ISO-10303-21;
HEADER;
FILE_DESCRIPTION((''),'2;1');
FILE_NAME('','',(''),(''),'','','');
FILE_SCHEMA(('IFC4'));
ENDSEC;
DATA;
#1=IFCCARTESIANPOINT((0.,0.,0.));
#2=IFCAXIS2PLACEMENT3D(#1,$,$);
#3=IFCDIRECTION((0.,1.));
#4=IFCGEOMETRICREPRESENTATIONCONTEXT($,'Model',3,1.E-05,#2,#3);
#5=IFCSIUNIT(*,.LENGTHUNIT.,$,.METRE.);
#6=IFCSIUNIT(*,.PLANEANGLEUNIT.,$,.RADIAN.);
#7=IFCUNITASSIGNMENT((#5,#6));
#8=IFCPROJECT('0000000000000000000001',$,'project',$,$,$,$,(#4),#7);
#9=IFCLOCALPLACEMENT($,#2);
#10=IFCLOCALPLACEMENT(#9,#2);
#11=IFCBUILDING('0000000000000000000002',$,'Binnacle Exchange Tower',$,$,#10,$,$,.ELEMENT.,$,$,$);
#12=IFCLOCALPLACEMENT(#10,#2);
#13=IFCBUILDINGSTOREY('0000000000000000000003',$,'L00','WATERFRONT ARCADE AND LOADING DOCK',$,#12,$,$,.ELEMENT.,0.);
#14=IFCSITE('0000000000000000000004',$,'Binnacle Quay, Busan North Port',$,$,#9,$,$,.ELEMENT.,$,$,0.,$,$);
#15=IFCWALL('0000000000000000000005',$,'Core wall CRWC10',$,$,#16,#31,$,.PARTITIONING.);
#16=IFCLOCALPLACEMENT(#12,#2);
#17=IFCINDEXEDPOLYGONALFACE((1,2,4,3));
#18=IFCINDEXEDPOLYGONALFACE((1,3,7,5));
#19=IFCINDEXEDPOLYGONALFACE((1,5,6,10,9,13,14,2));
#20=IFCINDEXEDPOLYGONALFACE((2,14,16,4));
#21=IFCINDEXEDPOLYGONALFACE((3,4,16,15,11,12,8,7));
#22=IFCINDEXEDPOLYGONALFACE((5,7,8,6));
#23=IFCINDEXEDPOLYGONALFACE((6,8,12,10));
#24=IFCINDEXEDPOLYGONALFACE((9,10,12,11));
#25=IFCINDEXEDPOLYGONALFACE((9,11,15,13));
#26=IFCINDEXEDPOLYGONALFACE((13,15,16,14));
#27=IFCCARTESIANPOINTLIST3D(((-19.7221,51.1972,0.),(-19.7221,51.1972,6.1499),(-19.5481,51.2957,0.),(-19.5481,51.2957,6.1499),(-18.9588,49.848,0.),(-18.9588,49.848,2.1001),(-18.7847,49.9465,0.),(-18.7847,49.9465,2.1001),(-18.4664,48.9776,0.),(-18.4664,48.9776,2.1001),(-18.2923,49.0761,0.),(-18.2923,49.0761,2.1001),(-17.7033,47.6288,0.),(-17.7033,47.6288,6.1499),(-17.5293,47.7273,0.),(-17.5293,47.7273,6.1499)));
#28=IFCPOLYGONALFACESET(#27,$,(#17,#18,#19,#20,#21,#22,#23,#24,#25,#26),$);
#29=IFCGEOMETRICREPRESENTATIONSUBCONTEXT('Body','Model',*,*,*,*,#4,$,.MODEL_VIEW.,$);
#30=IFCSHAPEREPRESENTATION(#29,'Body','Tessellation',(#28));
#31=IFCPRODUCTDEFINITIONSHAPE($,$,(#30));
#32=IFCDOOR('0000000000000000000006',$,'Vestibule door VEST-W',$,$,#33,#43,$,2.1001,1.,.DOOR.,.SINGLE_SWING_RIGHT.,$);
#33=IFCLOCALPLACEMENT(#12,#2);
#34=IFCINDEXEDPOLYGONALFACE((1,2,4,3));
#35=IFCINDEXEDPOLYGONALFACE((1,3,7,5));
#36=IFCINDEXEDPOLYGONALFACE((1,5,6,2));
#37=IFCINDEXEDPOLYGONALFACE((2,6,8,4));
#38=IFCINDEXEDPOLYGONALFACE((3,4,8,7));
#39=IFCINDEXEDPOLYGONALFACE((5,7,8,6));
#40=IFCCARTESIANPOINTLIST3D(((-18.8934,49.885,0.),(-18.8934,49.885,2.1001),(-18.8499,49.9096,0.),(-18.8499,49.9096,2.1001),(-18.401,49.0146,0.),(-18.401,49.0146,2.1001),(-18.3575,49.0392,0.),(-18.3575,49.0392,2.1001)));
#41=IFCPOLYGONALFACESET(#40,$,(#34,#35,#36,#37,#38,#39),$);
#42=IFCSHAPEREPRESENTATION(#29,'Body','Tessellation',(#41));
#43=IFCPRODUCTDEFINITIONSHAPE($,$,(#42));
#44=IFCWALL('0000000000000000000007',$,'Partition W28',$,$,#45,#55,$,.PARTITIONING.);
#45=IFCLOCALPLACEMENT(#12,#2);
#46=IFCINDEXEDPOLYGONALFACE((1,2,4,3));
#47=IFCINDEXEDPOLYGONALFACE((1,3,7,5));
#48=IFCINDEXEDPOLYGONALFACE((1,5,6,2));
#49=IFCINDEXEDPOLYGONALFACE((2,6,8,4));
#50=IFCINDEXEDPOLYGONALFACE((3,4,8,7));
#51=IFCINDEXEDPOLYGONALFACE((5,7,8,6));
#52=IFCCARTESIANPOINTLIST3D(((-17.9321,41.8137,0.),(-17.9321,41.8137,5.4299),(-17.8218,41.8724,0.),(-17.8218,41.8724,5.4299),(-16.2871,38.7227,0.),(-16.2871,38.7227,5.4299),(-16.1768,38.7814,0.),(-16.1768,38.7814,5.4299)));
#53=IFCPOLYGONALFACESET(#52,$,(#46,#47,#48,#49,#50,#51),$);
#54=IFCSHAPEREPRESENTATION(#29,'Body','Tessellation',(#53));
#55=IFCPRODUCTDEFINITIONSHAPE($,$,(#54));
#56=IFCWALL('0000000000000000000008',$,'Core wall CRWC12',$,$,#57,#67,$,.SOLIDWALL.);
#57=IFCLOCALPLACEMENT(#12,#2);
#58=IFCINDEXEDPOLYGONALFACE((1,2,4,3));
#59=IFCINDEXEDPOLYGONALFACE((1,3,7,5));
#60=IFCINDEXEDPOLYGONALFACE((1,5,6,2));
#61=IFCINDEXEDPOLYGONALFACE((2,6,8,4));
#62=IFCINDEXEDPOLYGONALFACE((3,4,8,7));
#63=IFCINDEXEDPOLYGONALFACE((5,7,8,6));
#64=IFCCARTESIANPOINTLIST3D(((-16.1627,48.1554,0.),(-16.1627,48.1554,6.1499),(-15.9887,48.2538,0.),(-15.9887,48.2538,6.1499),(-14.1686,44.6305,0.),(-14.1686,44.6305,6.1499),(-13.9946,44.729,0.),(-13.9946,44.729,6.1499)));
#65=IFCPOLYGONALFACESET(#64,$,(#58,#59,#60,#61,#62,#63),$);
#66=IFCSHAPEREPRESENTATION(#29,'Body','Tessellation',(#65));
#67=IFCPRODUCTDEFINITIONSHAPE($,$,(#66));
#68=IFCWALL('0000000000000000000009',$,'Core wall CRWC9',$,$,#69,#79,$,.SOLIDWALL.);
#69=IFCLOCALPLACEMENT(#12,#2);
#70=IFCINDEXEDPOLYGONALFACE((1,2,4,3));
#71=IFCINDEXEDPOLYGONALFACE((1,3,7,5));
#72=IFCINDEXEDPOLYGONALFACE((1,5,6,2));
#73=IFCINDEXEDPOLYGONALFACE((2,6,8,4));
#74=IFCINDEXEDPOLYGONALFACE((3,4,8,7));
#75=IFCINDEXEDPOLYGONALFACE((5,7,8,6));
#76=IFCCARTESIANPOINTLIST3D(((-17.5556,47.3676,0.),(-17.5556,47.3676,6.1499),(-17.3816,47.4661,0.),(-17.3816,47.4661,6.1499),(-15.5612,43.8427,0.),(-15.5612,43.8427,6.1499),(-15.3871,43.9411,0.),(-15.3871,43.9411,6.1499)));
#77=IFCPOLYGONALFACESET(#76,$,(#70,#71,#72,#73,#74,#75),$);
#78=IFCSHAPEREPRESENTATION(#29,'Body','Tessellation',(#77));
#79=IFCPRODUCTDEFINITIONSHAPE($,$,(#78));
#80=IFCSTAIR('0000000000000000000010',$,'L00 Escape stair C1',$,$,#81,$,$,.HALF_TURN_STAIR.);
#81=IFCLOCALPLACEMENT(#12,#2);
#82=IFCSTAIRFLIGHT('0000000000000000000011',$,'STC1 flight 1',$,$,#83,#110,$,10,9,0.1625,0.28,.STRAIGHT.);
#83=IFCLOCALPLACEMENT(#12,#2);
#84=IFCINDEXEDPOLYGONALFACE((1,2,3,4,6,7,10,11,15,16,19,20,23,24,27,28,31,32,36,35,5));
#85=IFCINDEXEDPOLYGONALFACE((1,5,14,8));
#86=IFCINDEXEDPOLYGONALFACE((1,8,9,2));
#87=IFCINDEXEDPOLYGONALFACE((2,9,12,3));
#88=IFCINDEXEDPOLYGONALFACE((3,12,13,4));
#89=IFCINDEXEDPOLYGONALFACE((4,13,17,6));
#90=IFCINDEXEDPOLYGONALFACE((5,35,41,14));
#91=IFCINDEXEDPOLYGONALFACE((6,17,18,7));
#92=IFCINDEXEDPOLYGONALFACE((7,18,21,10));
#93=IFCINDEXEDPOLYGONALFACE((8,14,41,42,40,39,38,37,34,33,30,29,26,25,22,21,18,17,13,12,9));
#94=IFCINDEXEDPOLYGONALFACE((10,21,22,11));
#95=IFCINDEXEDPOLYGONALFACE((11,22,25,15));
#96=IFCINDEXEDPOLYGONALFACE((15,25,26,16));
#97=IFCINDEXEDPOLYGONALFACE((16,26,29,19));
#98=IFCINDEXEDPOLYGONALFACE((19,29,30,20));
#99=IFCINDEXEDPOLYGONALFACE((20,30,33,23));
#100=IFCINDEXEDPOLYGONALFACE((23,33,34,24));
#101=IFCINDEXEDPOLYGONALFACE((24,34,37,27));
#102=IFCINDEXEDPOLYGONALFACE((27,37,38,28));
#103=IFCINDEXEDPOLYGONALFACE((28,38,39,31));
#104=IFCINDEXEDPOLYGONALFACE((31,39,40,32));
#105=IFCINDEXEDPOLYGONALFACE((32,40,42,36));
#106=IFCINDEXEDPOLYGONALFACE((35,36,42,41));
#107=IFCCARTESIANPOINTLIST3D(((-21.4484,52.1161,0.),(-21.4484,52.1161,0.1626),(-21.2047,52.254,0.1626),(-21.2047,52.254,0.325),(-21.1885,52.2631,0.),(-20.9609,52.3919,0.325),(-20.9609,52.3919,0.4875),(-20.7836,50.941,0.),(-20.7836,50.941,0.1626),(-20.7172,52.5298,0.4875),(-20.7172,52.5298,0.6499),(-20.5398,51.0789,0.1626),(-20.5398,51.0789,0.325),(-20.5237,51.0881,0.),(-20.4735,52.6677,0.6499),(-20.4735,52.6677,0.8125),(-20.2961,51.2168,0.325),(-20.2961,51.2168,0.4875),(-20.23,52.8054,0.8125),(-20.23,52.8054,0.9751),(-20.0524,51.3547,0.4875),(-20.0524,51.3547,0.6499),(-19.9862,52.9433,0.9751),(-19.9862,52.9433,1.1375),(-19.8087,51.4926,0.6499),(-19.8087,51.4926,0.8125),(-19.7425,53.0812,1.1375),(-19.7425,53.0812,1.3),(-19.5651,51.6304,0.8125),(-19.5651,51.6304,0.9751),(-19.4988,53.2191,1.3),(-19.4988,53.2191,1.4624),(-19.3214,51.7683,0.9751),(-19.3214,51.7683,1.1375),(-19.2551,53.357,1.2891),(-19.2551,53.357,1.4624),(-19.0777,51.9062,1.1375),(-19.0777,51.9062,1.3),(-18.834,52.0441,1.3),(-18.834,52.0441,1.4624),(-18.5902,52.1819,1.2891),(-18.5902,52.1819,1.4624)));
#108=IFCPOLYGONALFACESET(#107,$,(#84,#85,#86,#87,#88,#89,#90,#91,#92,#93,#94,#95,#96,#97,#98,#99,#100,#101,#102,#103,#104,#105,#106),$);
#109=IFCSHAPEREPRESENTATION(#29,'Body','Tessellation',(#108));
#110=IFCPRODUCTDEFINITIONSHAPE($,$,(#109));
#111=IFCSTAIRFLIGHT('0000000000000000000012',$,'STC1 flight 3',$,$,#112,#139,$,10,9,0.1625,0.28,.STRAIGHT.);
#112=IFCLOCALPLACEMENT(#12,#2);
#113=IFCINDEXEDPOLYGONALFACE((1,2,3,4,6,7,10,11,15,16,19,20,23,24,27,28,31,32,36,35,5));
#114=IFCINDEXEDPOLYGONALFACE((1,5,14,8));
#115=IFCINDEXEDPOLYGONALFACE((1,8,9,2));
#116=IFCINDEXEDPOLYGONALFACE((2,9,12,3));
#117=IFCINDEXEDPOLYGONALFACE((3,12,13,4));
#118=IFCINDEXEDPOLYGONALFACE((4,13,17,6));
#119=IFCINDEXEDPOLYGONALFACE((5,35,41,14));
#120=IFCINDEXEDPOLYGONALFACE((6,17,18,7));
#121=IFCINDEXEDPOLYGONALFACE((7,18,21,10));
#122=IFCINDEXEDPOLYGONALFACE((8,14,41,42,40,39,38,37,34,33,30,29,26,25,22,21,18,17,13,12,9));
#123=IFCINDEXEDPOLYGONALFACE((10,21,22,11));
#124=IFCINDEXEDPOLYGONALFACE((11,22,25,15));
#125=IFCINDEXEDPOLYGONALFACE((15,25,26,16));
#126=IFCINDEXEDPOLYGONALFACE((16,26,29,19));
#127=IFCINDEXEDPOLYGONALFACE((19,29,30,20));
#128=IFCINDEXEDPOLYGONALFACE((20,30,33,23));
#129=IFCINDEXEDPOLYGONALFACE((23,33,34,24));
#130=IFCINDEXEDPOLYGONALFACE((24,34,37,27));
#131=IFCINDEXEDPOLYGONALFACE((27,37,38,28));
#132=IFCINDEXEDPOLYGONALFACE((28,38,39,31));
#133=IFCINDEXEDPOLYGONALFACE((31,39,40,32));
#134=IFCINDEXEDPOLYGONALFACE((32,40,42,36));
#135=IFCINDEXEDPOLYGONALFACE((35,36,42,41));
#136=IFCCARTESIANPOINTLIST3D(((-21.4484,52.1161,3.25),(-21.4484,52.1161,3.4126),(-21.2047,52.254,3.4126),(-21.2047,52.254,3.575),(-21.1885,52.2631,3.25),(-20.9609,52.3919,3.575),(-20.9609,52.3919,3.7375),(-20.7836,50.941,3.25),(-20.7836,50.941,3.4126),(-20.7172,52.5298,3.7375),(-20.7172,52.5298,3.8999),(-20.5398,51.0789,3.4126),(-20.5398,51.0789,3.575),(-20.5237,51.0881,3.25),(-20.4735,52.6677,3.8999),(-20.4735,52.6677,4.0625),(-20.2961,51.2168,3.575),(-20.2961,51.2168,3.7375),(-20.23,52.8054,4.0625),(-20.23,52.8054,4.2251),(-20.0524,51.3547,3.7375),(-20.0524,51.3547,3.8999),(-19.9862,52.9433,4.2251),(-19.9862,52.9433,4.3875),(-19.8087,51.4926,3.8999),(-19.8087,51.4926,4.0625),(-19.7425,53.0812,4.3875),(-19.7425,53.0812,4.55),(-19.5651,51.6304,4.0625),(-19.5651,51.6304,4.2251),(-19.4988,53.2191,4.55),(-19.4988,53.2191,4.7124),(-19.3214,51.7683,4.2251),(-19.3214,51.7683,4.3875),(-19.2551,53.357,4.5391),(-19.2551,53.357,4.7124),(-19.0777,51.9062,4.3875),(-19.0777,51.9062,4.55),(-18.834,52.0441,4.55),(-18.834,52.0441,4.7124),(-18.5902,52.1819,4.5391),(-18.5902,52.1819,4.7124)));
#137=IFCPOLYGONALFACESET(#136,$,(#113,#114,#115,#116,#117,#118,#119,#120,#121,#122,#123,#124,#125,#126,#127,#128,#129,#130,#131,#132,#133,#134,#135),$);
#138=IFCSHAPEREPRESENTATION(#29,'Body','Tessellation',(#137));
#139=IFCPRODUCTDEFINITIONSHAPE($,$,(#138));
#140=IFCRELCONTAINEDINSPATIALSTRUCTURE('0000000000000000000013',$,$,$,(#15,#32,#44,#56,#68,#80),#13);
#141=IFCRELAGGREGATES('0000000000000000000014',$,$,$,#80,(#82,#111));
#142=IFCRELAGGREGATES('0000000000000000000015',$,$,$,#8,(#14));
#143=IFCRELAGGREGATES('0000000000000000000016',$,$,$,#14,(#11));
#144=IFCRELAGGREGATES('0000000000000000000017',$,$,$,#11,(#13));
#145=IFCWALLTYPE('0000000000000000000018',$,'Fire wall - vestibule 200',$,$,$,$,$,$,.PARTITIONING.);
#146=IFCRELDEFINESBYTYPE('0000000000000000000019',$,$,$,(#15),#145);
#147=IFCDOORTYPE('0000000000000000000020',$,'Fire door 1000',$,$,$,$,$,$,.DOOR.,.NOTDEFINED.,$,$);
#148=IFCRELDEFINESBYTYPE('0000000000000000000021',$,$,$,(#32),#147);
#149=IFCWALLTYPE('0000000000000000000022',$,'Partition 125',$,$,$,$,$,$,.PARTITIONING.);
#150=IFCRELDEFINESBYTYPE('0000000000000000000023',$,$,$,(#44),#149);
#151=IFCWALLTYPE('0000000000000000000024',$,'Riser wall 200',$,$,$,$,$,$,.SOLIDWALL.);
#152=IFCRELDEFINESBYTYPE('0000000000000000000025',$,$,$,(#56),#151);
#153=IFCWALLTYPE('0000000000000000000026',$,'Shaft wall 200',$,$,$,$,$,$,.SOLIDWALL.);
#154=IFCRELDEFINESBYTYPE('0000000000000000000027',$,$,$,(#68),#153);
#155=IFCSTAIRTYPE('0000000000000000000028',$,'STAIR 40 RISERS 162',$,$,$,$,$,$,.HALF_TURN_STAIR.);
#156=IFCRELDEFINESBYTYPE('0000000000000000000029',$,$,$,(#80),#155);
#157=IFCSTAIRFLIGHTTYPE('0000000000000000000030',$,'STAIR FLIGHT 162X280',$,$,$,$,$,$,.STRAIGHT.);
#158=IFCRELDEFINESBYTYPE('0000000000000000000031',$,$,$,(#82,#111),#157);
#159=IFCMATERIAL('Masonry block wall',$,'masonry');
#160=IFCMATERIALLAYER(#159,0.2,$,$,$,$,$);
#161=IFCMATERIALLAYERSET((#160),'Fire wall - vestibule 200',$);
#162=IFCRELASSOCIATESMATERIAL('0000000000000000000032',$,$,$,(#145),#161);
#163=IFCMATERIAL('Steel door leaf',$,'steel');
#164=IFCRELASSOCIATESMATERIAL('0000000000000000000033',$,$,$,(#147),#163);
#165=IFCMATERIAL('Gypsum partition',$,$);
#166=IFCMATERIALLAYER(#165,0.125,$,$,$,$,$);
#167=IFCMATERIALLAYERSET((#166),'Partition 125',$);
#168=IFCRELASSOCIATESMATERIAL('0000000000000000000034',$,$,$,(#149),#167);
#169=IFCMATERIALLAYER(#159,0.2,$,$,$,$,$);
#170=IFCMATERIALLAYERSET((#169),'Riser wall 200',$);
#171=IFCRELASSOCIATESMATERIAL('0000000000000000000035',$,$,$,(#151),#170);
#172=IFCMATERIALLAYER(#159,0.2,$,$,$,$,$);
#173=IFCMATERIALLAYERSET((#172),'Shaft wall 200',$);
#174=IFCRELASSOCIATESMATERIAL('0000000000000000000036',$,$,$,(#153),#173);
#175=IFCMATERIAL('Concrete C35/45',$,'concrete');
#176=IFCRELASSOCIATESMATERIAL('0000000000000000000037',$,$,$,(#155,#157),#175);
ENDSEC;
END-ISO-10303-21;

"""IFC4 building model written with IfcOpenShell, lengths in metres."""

from ifc_helpers import new_model, si_unit, direction, frame, frame_2d, origin, place, context, subcontext, project, spatial, polyline, rectangle, outline, extrude, material, layer, layer_set, type_object, element, fill, aggregate, save


model = new_model("IFC4")

# Units and contexts
model_context = context("Model", 3, precision=1e-05, world=origin(), true_north=direction((0.0, 1.0)))
body_context = subcontext(model_context, "Body", "Model", "MODEL_VIEW")
ifc_project = project(units=[si_unit("LENGTHUNIT", "METRE"), si_unit("PLANEANGLEUNIT", "RADIAN")], contexts=[model_context])

# Site, building, storey
site_placement = place(None, origin())
site = spatial("IfcSite", under=ifc_project, at=site_placement, Name="Binnacle Quay, Busan North Port", CompositionType="ELEMENT", RefElevation=0.0)
building_placement = place(site_placement, origin())
building = spatial("IfcBuilding", under=site, at=building_placement, Name="Binnacle Exchange Tower", CompositionType="ELEMENT")
storey_placement = place(building_placement, origin())
storey = spatial("IfcBuildingStorey", under=building, at=storey_placement, Name="L00", Description="WATERFRONT ARCADE AND LOADING DOCK", CompositionType="ELEMENT", Elevation=0.0)

# Shared definitions
ifc_material_1 = material(Name="Steel door leaf", Category="steel")

# Wall, opening, door
ifc_material_2 = material(Name="Masonry block wall", Category="masonry")
ifc_layer_1 = layer(ifc_material_2, 0.2)
ifc_layer_set_1 = layer_set([ifc_layer_1], Name="Fire wall - vestibule 200")
wall_type_1 = type_object("IfcWallType", Name="Fire wall - vestibule 200", PredefinedType="PARTITIONING", material=ifc_layer_set_1)
wall_1_placement = place(storey_placement, frame((-19.635, 51.2463, 0.0), z_axis=(0.0, 0.0, 1.0), x_axis=(0.492408, -0.870364, 0.0)))
wall_1 = element("IfcWall", 1, at=wall_1_placement, inside=storey, type_object=wall_type_1, Name="Core wall CRWC10", PredefinedType="PARTITIONING", context=body_context, shape_type="SweptSolid", body=[
    extrude(rectangle(XDim=4.0999, YDim=0.2, at=frame_2d((2.0498, 0.0))), origin(), (0.0, 0.0, 1.0), 6.1499),
])
opening_1_placement = place(wall_1_placement, frame((1.55, 0.0, 0.0)))
opening_1 = element("IfcOpeningElement", 2, at=opening_1_placement, cuts=wall_1, PredefinedType="OPENING", context=body_context, shape_type="SweptSolid", body=[
    extrude(rectangle(XDim=1.0, YDim=2.1001, at=frame_2d((0.5, 1.05))), frame((0.0, 0.1099, 0.0), z_axis=(0.0, -1.0, 0.0), x_axis=(1.0, 0.0, 0.0)), (0.0, 0.0, 1.0), 0.22),
])
door_type_1 = type_object("IfcDoorType", Name="Fire door 1000", OperationType="NOTDEFINED", PredefinedType="DOOR", material=ifc_material_1)
door_1_placement = place(opening_1_placement, frame((1.0, 0.0, 0.0), z_axis=(0.0, 0.0, 1.0), x_axis=(-1.0, 0.0, 0.0)))
door_1 = element("IfcDoor", 3, at=door_1_placement, inside=storey, type_object=door_type_1, Name="Vestibule door VEST-W", OperationType="SINGLE_SWING_RIGHT", OverallHeight=2.1001, OverallWidth=1.0, PredefinedType="DOOR", context=body_context, shape_type="SweptSolid", body=[
    extrude(rectangle(XDim=1.0, YDim=2.1001, at=frame_2d((0.5, 1.05))), frame((0.0, 0.0249, 0.0), z_axis=(0.0, -1.0, 0.0), x_axis=(1.0, 0.0, 0.0)), (0.0, 0.0, 1.0), 0.05),
])
fill(opening_1, door_1)

# Walls
ifc_material_3 = material(Name="Gypsum partition")
ifc_layer_2 = layer(ifc_material_3, 0.125)
ifc_layer_set_2 = layer_set([ifc_layer_2], Name="Partition 125")
wall_type_2 = type_object("IfcWallType", Name="Partition 125", PredefinedType="PARTITIONING", material=ifc_layer_set_2)
wall_2_placement = place(storey_placement, frame((-17.877, 41.843, 0.0), z_axis=(0.0, 0.0, 1.0), x_axis=(0.469799, -0.882773, 0.0)))
element("IfcWall", 4, at=wall_2_placement, inside=storey, type_object=wall_type_2, Name="Partition W28", PredefinedType="PARTITIONING", context=body_context, shape_type="SweptSolid", body=[
    extrude(rectangle(XDim=3.5015, YDim=0.125, at=frame_2d((1.7507, 0.0))), origin(), (0.0, 0.0, 1.0), 5.4299),
])
ifc_layer_3 = layer(ifc_material_2, 0.2)
ifc_layer_set_3 = layer_set([ifc_layer_3], Name="Riser wall 200")
wall_type_3 = type_object("IfcWallType", Name="Riser wall 200", PredefinedType="SOLIDWALL", material=ifc_layer_set_3)
wall_3_placement = place(storey_placement, frame((-16.0757, 48.2046, 0.0), z_axis=(0.0, 0.0, 1.0), x_axis=(0.492395, -0.870372, 0.0)))
element("IfcWall", 5, at=wall_3_placement, inside=storey, type_object=wall_type_3, Name="Core wall CRWC12", PredefinedType="SOLIDWALL", context=body_context, shape_type="SweptSolid", body=[
    extrude(rectangle(XDim=4.0498, YDim=0.2, at=frame_2d((2.0249, 0.0))), origin(), (0.0, 0.0, 1.0), 6.1499),
])
ifc_layer_4 = layer(ifc_material_2, 0.2)
ifc_layer_set_4 = layer_set([ifc_layer_4], Name="Shaft wall 200")
wall_type_4 = type_object("IfcWallType", Name="Shaft wall 200", PredefinedType="SOLIDWALL", material=ifc_layer_set_4)
wall_4_placement = place(storey_placement, frame((-17.4685, 47.4167, 0.0), z_axis=(0.0, 0.0, 1.0), x_axis=(0.492441, -0.870346, 0.0)))
element("IfcWall", 6, at=wall_4_placement, inside=storey, type_object=wall_type_4, Name="Core wall CRWC9", PredefinedType="SOLIDWALL", context=body_context, shape_type="SweptSolid", body=[
    extrude(rectangle(XDim=4.05, YDim=0.2, at=frame_2d((2.0249, 0.0))), origin(), (0.0, 0.0, 1.0), 6.1499),
])

# Stair, stair flights
ifc_material_4 = material(Name="Concrete C35/45", Category="concrete")
stair_type = type_object("IfcStairType", Name="STAIR 40 RISERS 162", PredefinedType="HALF_TURN_STAIR", material=ifc_material_4)
stair_placement = place(storey_placement, origin())
stair = element("IfcStair", 7, at=stair_placement, inside=storey, type_object=stair_type, Name="L00 Escape stair C1", PredefinedType="HALF_TURN_STAIR")
stair_flight_type = type_object("IfcStairFlightType", Name="STAIR FLIGHT 162X280", PredefinedType="STRAIGHT", material=ifc_material_4)
stair_flight_1_placement = place(storey_placement, frame((-21.116, 51.5286, 0.0), z_axis=(0.0, 0.0, 1.0), x_axis=(0.870356, 0.492424, 0.0)))
stair_flight_1 = element("IfcStairFlight", 8, at=stair_flight_1_placement, type_object=stair_flight_type, Name="STC1 flight 1", NumberOfRisers=10, NumberOfTreads=9, PredefinedType="STRAIGHT", RiserHeight=0.1625, TreadLength=0.28, context=body_context, shape_type="SweptSolid", body=[
    extrude(outline(polyline([(0.0, 0.0), (0.0, 0.1626), (0.28, 0.1626), (0.28, 0.325), (0.5601, 0.325), (0.5601, 0.4875), (0.8401, 0.4875), (0.8401, 0.6499), (1.1201, 0.6499), (1.1201, 0.8125), (1.3999, 0.8125), (1.3999, 0.9751), (1.6799, 0.9751), (1.6799, 1.1375), (1.96, 1.1375), (1.96, 1.3), (2.24, 1.3), (2.24, 1.4624), (2.52, 1.4624), (2.52, 1.625), (2.52, 1.2891), (0.2986, 0.0), (0.0, 0.0)])), frame((0.0, 0.675, 0.0), z_axis=(0.0, -1.0, 0.0), x_axis=(1.0, 0.0, 0.0)), (0.0, 0.0, 1.0), 1.3501),
])
stair_flight_2_placement = place(storey_placement, frame((-21.116, 51.5286, 3.25), z_axis=(0.0, 0.0, 1.0), x_axis=(0.870356, 0.492424, 0.0)))
stair_flight_2 = element("IfcStairFlight", 9, at=stair_flight_2_placement, type_object=stair_flight_type, Name="STC1 flight 3", NumberOfRisers=10, NumberOfTreads=9, PredefinedType="STRAIGHT", RiserHeight=0.1625, TreadLength=0.28, context=body_context, shape_type="SweptSolid", body=[
    extrude(outline(polyline([(0.0, 0.0), (0.0, 0.1626), (0.28, 0.1626), (0.28, 0.325), (0.5601, 0.325), (0.5601, 0.4875), (0.8401, 0.4875), (0.8401, 0.6499), (1.1201, 0.6499), (1.1201, 0.8125), (1.3999, 0.8125), (1.3999, 0.9751), (1.6799, 0.9751), (1.6799, 1.1375), (1.96, 1.1375), (1.96, 1.3), (2.24, 1.3), (2.24, 1.4624), (2.52, 1.4624), (2.52, 1.625), (2.52, 1.2891), (0.2986, 0.0), (0.0, 0.0)])), frame((0.0, 0.675, 0.0), z_axis=(0.0, -1.0, 0.0), x_axis=(1.0, 0.0, 0.0)), (0.0, 0.0, 1.0), 1.3501),
])
aggregate(stair, [stair_flight_1, stair_flight_2])

save(model, "model.ifc")
